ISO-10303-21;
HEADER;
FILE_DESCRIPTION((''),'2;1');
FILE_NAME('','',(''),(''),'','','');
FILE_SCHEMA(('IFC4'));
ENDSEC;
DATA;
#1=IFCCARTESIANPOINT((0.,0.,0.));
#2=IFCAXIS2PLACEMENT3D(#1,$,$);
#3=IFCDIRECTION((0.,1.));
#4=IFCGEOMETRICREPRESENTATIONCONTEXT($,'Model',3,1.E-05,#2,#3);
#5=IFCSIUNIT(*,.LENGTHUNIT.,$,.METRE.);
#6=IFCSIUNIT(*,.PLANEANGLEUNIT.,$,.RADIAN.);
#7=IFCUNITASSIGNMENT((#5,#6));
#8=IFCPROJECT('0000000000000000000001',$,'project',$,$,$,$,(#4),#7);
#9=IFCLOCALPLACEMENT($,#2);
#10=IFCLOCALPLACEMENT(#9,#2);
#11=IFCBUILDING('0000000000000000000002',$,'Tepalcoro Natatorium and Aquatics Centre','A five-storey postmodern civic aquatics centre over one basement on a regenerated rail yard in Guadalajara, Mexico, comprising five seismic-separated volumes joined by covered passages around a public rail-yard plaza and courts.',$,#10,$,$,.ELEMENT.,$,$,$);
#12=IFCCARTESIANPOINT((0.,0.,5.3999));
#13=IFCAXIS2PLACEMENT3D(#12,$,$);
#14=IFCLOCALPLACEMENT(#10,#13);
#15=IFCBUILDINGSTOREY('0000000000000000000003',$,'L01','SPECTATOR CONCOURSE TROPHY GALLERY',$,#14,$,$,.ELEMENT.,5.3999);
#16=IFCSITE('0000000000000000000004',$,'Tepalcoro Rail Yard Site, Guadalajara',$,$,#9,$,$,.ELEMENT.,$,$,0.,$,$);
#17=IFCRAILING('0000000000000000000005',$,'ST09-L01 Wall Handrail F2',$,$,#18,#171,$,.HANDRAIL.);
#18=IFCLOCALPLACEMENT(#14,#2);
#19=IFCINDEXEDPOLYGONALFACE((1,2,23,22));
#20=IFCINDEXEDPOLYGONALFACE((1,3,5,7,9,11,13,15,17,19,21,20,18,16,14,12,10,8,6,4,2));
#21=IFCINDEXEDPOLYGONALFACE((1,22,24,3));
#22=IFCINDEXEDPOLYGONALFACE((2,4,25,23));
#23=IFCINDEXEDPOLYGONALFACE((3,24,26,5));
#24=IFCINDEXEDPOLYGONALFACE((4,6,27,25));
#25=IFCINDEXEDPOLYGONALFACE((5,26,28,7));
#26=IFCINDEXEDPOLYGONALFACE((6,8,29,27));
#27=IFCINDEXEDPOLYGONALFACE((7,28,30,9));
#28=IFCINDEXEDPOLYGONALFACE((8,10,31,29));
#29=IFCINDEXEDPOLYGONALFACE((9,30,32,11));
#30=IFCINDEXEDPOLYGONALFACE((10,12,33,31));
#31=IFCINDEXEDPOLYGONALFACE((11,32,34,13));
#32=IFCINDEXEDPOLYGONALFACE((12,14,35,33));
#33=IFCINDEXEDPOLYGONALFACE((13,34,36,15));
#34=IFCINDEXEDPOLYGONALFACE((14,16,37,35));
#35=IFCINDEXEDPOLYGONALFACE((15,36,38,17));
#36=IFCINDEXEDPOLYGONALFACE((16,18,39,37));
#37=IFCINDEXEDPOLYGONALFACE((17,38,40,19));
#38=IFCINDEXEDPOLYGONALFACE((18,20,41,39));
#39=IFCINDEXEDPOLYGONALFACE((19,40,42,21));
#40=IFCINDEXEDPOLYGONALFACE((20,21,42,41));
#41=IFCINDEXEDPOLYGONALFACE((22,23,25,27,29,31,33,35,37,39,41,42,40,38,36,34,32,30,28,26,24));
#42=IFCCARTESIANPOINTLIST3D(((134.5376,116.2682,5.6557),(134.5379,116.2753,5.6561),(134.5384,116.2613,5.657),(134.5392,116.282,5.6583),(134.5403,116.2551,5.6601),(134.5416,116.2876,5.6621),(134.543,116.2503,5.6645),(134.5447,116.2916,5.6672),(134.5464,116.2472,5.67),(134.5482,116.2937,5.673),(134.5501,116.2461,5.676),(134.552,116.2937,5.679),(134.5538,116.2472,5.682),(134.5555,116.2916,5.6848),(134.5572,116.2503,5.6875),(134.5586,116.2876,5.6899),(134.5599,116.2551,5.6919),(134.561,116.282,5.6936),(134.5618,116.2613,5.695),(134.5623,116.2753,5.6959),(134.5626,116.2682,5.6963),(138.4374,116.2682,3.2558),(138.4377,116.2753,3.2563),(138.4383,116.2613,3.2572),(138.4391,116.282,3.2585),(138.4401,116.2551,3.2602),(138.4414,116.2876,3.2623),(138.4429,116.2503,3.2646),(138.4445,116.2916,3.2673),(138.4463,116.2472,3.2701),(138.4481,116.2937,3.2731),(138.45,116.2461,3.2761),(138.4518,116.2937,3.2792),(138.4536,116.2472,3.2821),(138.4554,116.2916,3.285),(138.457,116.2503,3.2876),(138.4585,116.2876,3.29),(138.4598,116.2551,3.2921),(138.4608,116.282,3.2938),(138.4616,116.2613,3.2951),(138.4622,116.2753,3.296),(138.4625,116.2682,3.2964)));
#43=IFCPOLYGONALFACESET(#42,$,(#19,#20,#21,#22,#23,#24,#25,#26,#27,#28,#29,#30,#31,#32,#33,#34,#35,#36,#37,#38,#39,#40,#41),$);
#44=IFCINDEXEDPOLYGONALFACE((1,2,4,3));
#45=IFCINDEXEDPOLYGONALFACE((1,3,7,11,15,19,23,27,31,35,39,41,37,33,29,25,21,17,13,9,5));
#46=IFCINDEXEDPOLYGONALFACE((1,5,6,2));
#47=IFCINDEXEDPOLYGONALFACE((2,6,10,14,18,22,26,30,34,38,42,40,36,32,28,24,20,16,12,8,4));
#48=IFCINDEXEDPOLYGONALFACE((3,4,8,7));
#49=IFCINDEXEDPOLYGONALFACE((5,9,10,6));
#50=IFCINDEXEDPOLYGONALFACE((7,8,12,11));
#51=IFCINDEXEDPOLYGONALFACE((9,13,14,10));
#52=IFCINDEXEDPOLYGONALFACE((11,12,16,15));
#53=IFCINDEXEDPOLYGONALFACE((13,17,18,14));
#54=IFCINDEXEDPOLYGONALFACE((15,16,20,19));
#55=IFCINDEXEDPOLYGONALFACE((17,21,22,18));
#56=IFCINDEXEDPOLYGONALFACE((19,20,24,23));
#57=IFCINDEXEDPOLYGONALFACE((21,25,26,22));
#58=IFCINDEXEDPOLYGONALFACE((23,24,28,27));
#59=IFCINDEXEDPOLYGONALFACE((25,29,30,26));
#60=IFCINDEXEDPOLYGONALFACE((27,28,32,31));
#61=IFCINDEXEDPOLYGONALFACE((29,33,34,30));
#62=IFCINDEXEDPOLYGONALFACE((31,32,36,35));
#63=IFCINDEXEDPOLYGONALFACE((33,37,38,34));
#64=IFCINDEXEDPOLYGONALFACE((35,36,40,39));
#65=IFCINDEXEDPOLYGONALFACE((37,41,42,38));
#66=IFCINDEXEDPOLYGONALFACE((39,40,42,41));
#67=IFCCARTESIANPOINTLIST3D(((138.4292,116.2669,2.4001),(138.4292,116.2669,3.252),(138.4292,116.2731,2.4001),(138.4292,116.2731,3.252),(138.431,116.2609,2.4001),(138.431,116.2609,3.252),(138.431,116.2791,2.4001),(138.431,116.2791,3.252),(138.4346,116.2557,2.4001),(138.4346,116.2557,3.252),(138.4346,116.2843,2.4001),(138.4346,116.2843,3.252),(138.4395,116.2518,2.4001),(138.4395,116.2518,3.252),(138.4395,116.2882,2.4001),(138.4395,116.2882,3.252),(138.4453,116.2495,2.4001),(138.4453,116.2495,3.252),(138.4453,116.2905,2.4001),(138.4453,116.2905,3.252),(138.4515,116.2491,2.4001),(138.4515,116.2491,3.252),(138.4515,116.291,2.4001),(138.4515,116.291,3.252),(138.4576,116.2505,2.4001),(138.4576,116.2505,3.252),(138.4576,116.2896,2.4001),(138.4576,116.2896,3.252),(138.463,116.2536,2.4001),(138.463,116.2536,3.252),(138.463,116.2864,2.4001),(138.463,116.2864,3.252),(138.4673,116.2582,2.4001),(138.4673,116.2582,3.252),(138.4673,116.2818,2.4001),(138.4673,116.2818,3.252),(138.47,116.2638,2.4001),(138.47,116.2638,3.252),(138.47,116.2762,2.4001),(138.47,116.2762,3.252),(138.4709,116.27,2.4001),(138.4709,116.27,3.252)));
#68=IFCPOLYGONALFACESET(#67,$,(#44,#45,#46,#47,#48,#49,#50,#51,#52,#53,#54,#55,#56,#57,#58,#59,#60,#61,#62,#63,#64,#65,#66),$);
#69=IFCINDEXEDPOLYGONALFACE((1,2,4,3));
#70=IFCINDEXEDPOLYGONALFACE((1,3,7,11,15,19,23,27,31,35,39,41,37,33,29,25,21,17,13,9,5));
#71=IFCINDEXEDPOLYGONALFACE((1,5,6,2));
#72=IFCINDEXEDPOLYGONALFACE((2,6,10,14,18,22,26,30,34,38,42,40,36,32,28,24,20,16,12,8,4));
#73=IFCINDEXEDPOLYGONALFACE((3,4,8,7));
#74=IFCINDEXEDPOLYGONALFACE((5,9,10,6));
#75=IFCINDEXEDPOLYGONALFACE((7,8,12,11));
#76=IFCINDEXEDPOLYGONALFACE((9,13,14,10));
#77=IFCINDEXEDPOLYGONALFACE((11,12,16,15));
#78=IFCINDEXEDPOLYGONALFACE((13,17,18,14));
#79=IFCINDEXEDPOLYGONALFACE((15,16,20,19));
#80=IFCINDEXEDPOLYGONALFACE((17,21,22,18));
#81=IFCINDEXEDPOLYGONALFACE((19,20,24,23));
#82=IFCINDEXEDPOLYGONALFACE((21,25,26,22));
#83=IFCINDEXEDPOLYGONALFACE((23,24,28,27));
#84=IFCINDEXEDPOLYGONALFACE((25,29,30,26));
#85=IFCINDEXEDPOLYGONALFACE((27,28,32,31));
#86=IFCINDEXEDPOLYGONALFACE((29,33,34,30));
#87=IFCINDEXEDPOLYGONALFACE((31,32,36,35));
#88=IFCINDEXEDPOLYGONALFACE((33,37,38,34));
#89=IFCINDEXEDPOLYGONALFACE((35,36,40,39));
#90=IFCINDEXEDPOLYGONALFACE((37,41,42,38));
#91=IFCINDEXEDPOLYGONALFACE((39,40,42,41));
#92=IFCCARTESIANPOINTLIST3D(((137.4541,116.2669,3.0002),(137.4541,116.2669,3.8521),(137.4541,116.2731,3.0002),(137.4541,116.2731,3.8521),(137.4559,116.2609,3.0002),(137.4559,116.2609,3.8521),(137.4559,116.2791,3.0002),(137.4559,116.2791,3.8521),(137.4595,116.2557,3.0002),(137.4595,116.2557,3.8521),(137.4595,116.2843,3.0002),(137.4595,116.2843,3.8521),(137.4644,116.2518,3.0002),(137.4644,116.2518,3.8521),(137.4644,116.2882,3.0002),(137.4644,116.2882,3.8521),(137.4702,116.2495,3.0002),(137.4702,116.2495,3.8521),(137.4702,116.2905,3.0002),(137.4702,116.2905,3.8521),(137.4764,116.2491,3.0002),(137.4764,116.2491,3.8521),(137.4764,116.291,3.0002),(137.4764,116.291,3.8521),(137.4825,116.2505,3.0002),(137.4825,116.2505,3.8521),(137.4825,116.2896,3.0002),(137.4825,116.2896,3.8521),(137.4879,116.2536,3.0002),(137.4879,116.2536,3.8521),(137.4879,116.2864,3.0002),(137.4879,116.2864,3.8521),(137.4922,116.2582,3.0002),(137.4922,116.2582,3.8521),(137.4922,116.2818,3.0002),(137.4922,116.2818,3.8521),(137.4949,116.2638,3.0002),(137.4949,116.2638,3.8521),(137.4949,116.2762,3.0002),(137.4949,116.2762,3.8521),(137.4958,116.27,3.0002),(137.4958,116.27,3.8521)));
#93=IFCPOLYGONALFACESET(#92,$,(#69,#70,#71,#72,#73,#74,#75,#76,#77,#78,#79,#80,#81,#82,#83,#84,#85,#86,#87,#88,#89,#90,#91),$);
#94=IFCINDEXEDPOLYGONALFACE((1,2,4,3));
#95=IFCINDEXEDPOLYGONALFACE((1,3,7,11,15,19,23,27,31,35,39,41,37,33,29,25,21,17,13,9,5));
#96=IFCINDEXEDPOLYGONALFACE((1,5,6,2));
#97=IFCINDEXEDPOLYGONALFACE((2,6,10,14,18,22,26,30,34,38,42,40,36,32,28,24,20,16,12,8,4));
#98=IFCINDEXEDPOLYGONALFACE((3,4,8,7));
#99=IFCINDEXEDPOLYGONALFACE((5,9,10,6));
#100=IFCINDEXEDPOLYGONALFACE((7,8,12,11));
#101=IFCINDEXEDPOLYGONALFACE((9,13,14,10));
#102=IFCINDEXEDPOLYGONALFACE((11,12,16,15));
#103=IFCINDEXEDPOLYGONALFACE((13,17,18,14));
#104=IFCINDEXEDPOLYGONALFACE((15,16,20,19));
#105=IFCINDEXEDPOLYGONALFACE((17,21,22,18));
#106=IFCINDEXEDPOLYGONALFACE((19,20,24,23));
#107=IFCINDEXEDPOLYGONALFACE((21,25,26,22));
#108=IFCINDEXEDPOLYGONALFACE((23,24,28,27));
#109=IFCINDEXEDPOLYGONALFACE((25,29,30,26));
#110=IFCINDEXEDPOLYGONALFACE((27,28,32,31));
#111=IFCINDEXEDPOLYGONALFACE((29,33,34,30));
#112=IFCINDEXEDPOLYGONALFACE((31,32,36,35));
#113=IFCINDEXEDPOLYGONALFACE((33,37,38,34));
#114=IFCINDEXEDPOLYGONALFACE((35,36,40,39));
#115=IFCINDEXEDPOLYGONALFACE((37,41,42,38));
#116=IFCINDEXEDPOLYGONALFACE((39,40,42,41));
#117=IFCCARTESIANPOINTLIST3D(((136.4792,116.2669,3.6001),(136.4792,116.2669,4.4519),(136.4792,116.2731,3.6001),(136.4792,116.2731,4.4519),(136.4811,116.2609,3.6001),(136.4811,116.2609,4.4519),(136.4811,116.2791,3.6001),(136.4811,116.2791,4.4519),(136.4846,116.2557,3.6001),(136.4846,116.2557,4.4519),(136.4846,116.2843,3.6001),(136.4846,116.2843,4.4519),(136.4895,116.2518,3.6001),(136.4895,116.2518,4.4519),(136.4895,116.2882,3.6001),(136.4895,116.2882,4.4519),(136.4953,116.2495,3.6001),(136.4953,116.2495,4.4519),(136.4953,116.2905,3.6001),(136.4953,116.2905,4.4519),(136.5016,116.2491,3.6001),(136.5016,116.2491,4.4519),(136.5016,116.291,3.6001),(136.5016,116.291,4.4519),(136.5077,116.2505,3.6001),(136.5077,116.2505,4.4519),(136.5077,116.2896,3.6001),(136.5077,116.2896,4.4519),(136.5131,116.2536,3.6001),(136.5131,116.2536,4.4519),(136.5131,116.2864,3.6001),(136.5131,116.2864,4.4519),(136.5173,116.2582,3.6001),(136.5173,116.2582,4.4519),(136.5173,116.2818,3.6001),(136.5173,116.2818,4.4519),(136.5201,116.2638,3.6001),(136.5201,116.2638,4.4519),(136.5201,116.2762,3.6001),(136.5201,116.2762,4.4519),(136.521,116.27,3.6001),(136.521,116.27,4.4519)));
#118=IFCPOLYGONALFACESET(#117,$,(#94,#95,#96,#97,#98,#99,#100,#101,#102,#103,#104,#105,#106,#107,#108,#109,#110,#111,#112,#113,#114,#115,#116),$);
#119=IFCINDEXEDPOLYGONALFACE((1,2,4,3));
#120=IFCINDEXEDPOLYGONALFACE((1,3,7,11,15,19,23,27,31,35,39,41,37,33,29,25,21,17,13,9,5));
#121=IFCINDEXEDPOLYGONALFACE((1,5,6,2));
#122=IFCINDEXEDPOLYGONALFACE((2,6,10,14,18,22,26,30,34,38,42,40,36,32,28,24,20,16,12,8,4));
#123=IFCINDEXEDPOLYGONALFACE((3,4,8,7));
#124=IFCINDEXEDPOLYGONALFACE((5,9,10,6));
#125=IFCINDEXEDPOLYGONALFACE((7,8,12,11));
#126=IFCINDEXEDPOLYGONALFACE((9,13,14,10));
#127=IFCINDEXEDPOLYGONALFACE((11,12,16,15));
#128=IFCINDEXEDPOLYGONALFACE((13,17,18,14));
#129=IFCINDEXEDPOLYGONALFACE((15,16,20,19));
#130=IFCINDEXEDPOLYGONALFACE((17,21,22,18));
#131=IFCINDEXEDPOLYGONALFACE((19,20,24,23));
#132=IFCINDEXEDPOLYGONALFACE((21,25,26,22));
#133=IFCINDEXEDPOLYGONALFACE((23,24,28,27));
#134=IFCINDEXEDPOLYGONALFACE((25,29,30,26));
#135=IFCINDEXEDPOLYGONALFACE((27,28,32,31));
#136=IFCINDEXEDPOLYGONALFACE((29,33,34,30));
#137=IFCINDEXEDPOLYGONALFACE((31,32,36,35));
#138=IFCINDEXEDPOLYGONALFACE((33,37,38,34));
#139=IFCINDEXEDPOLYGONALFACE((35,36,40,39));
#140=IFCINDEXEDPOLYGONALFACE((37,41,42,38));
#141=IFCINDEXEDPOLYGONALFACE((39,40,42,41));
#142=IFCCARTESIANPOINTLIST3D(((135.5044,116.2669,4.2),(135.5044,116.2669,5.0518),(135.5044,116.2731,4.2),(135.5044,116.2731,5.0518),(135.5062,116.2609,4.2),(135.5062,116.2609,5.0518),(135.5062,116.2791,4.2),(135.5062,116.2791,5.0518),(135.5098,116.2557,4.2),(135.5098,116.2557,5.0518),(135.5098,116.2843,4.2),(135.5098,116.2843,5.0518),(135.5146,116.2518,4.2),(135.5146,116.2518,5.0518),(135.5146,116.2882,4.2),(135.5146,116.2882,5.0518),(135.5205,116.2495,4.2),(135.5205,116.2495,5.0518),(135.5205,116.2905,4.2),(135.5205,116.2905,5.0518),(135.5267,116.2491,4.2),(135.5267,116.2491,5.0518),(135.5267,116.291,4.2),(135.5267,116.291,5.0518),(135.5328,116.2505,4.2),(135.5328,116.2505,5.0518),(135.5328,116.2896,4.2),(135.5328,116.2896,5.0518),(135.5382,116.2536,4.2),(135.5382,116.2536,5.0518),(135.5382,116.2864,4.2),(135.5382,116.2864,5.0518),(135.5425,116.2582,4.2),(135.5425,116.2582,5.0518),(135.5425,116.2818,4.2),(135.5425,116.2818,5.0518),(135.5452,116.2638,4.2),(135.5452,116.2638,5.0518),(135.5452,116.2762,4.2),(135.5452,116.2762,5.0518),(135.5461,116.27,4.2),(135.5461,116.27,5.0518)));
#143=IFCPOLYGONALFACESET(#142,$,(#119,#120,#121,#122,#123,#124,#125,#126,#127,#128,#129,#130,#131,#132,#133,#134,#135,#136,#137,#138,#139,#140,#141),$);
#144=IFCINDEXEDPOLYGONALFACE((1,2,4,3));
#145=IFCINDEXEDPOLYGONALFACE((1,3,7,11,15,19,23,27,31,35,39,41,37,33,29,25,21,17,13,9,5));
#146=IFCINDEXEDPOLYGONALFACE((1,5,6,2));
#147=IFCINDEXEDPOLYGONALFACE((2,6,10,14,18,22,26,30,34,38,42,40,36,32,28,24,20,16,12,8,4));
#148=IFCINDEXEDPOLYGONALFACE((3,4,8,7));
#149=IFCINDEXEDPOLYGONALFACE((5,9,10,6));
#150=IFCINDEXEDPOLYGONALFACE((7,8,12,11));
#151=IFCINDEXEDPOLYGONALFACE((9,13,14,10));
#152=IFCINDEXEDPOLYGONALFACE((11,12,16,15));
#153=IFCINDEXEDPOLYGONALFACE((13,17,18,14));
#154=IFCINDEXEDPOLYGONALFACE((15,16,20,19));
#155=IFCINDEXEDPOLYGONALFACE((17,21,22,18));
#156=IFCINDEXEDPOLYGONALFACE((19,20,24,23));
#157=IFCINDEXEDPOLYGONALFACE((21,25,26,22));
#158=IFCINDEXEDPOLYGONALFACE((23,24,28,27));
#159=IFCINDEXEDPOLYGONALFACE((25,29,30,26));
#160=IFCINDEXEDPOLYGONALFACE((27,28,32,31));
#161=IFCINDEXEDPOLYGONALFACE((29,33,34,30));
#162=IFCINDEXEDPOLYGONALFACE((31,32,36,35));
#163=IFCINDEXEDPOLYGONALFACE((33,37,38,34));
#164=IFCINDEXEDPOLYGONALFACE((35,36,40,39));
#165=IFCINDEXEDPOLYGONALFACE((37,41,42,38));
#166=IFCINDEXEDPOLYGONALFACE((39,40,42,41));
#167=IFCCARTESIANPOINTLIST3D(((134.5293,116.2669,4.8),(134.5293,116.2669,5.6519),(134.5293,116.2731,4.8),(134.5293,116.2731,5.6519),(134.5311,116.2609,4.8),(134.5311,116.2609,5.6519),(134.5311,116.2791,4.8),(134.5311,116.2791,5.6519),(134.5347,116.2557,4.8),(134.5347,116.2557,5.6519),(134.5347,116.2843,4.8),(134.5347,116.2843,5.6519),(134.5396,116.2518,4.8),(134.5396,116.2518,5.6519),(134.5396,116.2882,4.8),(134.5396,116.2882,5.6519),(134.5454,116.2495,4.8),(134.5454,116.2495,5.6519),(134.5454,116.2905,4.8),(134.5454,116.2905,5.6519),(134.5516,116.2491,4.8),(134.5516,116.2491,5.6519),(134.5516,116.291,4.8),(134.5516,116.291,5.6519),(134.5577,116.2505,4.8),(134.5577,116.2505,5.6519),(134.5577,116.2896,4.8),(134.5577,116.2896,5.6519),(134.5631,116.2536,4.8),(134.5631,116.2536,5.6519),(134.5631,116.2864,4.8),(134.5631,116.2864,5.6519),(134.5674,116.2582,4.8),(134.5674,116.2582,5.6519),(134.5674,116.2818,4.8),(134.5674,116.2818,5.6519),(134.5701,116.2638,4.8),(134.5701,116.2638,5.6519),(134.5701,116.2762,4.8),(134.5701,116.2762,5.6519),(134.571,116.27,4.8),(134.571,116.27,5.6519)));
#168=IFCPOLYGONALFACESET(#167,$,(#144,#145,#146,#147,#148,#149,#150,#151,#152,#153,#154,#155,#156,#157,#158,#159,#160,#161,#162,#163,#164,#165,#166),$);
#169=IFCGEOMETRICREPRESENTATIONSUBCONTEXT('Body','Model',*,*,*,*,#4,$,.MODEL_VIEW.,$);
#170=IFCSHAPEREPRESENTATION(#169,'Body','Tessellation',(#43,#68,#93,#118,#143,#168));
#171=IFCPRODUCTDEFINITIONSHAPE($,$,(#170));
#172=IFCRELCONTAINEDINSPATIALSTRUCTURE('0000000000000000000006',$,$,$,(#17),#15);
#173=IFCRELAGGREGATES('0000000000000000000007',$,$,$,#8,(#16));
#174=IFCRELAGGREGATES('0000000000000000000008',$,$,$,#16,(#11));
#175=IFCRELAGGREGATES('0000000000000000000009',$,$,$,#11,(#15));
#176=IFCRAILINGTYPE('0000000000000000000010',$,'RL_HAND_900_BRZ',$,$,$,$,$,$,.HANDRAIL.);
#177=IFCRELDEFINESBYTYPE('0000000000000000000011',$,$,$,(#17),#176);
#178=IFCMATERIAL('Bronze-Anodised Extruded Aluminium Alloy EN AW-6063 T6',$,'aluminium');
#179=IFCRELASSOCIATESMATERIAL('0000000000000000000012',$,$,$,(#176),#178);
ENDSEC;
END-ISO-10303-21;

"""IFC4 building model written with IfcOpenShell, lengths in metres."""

from ifc_helpers import new_model, si_unit, direction, frame, origin, origin_2d, place, context, subcontext, project, spatial, circle, extrude, material, type_object, element, save


model = new_model("IFC4")

# Units and contexts
model_context = context("Model", 3, precision=1e-05, world=origin(), true_north=direction((0.0, 1.0)))
body_context = subcontext(model_context, "Body", "Model", "MODEL_VIEW")
ifc_project = project(units=[si_unit("LENGTHUNIT", "METRE"), si_unit("PLANEANGLEUNIT", "RADIAN")], contexts=[model_context])

# Site, building, storey
site_placement = place(None, origin())
site = spatial("IfcSite", under=ifc_project, at=site_placement, Name="Tepalcoro Rail Yard Site, Guadalajara", CompositionType="ELEMENT", RefElevation=0.0)
building_placement = place(site_placement, origin())
building = spatial("IfcBuilding", under=site, at=building_placement, Name="Tepalcoro Natatorium and Aquatics Centre", Description="A five-storey postmodern civic aquatics centre over one basement on a regenerated rail yard in Guadalajara, Mexico, comprising five seismic-separated volumes joined by covered passages around a public rail-yard plaza and courts.", CompositionType="ELEMENT")
storey_placement = place(building_placement, frame((0.0, 0.0, 5.3999)))
storey = spatial("IfcBuildingStorey", under=building, at=storey_placement, Name="L01", Description="SPECTATOR CONCOURSE TROPHY GALLERY", CompositionType="ELEMENT", Elevation=5.3999)

# Shared definitions
ifc_material_1 = material(Name="Bronze-Anodised Extruded Aluminium Alloy EN AW-6063 T6", Category="aluminium")

# Railing
railing_type_1 = type_object("IfcRailingType", Name="RL_HAND_900_BRZ", PredefinedType="HANDRAIL", material=ifc_material_1)
railing_1_placement = place(storey_placement, frame((138.45, 116.27, 2.4001)))
element("IfcRailing", 1, at=railing_1_placement, inside=storey, type_object=railing_type_1, Name="ST09-L01 Wall Handrail F2", PredefinedType="HANDRAIL", context=body_context, shape_type="SweptSolid", body=[
    extrude(circle(Radius=0.0239, at=origin_2d()), frame((0.0, 0.0, 0.876), z_axis=(-0.851662, 0.0, 0.524091), x_axis=(0.0, -1.0, 0.0)), (0.0, 0.0, 1.0), 4.5791),
    extrude(circle(Radius=0.021, at=origin_2d()), origin(), (0.0, 0.0, 1.0), 0.8518),
    extrude(circle(Radius=0.021, at=origin_2d()), frame((-0.9751, 0.0, 0.6001)), (0.0, 0.0, 1.0), 0.8518),
    extrude(circle(Radius=0.021, at=origin_2d()), frame((-1.95, 0.0, 1.2)), (0.0, 0.0, 1.0), 0.8518),
    extrude(circle(Radius=0.021, at=origin_2d()), frame((-2.9248, 0.0, 1.7998)), (0.0, 0.0, 1.0), 0.8518),
    extrude(circle(Radius=0.021, at=origin_2d()), frame((-3.8999, 0.0, 2.3999)), (0.0, 0.0, 1.0), 0.8518),
])

save(model, "model.ifc")
